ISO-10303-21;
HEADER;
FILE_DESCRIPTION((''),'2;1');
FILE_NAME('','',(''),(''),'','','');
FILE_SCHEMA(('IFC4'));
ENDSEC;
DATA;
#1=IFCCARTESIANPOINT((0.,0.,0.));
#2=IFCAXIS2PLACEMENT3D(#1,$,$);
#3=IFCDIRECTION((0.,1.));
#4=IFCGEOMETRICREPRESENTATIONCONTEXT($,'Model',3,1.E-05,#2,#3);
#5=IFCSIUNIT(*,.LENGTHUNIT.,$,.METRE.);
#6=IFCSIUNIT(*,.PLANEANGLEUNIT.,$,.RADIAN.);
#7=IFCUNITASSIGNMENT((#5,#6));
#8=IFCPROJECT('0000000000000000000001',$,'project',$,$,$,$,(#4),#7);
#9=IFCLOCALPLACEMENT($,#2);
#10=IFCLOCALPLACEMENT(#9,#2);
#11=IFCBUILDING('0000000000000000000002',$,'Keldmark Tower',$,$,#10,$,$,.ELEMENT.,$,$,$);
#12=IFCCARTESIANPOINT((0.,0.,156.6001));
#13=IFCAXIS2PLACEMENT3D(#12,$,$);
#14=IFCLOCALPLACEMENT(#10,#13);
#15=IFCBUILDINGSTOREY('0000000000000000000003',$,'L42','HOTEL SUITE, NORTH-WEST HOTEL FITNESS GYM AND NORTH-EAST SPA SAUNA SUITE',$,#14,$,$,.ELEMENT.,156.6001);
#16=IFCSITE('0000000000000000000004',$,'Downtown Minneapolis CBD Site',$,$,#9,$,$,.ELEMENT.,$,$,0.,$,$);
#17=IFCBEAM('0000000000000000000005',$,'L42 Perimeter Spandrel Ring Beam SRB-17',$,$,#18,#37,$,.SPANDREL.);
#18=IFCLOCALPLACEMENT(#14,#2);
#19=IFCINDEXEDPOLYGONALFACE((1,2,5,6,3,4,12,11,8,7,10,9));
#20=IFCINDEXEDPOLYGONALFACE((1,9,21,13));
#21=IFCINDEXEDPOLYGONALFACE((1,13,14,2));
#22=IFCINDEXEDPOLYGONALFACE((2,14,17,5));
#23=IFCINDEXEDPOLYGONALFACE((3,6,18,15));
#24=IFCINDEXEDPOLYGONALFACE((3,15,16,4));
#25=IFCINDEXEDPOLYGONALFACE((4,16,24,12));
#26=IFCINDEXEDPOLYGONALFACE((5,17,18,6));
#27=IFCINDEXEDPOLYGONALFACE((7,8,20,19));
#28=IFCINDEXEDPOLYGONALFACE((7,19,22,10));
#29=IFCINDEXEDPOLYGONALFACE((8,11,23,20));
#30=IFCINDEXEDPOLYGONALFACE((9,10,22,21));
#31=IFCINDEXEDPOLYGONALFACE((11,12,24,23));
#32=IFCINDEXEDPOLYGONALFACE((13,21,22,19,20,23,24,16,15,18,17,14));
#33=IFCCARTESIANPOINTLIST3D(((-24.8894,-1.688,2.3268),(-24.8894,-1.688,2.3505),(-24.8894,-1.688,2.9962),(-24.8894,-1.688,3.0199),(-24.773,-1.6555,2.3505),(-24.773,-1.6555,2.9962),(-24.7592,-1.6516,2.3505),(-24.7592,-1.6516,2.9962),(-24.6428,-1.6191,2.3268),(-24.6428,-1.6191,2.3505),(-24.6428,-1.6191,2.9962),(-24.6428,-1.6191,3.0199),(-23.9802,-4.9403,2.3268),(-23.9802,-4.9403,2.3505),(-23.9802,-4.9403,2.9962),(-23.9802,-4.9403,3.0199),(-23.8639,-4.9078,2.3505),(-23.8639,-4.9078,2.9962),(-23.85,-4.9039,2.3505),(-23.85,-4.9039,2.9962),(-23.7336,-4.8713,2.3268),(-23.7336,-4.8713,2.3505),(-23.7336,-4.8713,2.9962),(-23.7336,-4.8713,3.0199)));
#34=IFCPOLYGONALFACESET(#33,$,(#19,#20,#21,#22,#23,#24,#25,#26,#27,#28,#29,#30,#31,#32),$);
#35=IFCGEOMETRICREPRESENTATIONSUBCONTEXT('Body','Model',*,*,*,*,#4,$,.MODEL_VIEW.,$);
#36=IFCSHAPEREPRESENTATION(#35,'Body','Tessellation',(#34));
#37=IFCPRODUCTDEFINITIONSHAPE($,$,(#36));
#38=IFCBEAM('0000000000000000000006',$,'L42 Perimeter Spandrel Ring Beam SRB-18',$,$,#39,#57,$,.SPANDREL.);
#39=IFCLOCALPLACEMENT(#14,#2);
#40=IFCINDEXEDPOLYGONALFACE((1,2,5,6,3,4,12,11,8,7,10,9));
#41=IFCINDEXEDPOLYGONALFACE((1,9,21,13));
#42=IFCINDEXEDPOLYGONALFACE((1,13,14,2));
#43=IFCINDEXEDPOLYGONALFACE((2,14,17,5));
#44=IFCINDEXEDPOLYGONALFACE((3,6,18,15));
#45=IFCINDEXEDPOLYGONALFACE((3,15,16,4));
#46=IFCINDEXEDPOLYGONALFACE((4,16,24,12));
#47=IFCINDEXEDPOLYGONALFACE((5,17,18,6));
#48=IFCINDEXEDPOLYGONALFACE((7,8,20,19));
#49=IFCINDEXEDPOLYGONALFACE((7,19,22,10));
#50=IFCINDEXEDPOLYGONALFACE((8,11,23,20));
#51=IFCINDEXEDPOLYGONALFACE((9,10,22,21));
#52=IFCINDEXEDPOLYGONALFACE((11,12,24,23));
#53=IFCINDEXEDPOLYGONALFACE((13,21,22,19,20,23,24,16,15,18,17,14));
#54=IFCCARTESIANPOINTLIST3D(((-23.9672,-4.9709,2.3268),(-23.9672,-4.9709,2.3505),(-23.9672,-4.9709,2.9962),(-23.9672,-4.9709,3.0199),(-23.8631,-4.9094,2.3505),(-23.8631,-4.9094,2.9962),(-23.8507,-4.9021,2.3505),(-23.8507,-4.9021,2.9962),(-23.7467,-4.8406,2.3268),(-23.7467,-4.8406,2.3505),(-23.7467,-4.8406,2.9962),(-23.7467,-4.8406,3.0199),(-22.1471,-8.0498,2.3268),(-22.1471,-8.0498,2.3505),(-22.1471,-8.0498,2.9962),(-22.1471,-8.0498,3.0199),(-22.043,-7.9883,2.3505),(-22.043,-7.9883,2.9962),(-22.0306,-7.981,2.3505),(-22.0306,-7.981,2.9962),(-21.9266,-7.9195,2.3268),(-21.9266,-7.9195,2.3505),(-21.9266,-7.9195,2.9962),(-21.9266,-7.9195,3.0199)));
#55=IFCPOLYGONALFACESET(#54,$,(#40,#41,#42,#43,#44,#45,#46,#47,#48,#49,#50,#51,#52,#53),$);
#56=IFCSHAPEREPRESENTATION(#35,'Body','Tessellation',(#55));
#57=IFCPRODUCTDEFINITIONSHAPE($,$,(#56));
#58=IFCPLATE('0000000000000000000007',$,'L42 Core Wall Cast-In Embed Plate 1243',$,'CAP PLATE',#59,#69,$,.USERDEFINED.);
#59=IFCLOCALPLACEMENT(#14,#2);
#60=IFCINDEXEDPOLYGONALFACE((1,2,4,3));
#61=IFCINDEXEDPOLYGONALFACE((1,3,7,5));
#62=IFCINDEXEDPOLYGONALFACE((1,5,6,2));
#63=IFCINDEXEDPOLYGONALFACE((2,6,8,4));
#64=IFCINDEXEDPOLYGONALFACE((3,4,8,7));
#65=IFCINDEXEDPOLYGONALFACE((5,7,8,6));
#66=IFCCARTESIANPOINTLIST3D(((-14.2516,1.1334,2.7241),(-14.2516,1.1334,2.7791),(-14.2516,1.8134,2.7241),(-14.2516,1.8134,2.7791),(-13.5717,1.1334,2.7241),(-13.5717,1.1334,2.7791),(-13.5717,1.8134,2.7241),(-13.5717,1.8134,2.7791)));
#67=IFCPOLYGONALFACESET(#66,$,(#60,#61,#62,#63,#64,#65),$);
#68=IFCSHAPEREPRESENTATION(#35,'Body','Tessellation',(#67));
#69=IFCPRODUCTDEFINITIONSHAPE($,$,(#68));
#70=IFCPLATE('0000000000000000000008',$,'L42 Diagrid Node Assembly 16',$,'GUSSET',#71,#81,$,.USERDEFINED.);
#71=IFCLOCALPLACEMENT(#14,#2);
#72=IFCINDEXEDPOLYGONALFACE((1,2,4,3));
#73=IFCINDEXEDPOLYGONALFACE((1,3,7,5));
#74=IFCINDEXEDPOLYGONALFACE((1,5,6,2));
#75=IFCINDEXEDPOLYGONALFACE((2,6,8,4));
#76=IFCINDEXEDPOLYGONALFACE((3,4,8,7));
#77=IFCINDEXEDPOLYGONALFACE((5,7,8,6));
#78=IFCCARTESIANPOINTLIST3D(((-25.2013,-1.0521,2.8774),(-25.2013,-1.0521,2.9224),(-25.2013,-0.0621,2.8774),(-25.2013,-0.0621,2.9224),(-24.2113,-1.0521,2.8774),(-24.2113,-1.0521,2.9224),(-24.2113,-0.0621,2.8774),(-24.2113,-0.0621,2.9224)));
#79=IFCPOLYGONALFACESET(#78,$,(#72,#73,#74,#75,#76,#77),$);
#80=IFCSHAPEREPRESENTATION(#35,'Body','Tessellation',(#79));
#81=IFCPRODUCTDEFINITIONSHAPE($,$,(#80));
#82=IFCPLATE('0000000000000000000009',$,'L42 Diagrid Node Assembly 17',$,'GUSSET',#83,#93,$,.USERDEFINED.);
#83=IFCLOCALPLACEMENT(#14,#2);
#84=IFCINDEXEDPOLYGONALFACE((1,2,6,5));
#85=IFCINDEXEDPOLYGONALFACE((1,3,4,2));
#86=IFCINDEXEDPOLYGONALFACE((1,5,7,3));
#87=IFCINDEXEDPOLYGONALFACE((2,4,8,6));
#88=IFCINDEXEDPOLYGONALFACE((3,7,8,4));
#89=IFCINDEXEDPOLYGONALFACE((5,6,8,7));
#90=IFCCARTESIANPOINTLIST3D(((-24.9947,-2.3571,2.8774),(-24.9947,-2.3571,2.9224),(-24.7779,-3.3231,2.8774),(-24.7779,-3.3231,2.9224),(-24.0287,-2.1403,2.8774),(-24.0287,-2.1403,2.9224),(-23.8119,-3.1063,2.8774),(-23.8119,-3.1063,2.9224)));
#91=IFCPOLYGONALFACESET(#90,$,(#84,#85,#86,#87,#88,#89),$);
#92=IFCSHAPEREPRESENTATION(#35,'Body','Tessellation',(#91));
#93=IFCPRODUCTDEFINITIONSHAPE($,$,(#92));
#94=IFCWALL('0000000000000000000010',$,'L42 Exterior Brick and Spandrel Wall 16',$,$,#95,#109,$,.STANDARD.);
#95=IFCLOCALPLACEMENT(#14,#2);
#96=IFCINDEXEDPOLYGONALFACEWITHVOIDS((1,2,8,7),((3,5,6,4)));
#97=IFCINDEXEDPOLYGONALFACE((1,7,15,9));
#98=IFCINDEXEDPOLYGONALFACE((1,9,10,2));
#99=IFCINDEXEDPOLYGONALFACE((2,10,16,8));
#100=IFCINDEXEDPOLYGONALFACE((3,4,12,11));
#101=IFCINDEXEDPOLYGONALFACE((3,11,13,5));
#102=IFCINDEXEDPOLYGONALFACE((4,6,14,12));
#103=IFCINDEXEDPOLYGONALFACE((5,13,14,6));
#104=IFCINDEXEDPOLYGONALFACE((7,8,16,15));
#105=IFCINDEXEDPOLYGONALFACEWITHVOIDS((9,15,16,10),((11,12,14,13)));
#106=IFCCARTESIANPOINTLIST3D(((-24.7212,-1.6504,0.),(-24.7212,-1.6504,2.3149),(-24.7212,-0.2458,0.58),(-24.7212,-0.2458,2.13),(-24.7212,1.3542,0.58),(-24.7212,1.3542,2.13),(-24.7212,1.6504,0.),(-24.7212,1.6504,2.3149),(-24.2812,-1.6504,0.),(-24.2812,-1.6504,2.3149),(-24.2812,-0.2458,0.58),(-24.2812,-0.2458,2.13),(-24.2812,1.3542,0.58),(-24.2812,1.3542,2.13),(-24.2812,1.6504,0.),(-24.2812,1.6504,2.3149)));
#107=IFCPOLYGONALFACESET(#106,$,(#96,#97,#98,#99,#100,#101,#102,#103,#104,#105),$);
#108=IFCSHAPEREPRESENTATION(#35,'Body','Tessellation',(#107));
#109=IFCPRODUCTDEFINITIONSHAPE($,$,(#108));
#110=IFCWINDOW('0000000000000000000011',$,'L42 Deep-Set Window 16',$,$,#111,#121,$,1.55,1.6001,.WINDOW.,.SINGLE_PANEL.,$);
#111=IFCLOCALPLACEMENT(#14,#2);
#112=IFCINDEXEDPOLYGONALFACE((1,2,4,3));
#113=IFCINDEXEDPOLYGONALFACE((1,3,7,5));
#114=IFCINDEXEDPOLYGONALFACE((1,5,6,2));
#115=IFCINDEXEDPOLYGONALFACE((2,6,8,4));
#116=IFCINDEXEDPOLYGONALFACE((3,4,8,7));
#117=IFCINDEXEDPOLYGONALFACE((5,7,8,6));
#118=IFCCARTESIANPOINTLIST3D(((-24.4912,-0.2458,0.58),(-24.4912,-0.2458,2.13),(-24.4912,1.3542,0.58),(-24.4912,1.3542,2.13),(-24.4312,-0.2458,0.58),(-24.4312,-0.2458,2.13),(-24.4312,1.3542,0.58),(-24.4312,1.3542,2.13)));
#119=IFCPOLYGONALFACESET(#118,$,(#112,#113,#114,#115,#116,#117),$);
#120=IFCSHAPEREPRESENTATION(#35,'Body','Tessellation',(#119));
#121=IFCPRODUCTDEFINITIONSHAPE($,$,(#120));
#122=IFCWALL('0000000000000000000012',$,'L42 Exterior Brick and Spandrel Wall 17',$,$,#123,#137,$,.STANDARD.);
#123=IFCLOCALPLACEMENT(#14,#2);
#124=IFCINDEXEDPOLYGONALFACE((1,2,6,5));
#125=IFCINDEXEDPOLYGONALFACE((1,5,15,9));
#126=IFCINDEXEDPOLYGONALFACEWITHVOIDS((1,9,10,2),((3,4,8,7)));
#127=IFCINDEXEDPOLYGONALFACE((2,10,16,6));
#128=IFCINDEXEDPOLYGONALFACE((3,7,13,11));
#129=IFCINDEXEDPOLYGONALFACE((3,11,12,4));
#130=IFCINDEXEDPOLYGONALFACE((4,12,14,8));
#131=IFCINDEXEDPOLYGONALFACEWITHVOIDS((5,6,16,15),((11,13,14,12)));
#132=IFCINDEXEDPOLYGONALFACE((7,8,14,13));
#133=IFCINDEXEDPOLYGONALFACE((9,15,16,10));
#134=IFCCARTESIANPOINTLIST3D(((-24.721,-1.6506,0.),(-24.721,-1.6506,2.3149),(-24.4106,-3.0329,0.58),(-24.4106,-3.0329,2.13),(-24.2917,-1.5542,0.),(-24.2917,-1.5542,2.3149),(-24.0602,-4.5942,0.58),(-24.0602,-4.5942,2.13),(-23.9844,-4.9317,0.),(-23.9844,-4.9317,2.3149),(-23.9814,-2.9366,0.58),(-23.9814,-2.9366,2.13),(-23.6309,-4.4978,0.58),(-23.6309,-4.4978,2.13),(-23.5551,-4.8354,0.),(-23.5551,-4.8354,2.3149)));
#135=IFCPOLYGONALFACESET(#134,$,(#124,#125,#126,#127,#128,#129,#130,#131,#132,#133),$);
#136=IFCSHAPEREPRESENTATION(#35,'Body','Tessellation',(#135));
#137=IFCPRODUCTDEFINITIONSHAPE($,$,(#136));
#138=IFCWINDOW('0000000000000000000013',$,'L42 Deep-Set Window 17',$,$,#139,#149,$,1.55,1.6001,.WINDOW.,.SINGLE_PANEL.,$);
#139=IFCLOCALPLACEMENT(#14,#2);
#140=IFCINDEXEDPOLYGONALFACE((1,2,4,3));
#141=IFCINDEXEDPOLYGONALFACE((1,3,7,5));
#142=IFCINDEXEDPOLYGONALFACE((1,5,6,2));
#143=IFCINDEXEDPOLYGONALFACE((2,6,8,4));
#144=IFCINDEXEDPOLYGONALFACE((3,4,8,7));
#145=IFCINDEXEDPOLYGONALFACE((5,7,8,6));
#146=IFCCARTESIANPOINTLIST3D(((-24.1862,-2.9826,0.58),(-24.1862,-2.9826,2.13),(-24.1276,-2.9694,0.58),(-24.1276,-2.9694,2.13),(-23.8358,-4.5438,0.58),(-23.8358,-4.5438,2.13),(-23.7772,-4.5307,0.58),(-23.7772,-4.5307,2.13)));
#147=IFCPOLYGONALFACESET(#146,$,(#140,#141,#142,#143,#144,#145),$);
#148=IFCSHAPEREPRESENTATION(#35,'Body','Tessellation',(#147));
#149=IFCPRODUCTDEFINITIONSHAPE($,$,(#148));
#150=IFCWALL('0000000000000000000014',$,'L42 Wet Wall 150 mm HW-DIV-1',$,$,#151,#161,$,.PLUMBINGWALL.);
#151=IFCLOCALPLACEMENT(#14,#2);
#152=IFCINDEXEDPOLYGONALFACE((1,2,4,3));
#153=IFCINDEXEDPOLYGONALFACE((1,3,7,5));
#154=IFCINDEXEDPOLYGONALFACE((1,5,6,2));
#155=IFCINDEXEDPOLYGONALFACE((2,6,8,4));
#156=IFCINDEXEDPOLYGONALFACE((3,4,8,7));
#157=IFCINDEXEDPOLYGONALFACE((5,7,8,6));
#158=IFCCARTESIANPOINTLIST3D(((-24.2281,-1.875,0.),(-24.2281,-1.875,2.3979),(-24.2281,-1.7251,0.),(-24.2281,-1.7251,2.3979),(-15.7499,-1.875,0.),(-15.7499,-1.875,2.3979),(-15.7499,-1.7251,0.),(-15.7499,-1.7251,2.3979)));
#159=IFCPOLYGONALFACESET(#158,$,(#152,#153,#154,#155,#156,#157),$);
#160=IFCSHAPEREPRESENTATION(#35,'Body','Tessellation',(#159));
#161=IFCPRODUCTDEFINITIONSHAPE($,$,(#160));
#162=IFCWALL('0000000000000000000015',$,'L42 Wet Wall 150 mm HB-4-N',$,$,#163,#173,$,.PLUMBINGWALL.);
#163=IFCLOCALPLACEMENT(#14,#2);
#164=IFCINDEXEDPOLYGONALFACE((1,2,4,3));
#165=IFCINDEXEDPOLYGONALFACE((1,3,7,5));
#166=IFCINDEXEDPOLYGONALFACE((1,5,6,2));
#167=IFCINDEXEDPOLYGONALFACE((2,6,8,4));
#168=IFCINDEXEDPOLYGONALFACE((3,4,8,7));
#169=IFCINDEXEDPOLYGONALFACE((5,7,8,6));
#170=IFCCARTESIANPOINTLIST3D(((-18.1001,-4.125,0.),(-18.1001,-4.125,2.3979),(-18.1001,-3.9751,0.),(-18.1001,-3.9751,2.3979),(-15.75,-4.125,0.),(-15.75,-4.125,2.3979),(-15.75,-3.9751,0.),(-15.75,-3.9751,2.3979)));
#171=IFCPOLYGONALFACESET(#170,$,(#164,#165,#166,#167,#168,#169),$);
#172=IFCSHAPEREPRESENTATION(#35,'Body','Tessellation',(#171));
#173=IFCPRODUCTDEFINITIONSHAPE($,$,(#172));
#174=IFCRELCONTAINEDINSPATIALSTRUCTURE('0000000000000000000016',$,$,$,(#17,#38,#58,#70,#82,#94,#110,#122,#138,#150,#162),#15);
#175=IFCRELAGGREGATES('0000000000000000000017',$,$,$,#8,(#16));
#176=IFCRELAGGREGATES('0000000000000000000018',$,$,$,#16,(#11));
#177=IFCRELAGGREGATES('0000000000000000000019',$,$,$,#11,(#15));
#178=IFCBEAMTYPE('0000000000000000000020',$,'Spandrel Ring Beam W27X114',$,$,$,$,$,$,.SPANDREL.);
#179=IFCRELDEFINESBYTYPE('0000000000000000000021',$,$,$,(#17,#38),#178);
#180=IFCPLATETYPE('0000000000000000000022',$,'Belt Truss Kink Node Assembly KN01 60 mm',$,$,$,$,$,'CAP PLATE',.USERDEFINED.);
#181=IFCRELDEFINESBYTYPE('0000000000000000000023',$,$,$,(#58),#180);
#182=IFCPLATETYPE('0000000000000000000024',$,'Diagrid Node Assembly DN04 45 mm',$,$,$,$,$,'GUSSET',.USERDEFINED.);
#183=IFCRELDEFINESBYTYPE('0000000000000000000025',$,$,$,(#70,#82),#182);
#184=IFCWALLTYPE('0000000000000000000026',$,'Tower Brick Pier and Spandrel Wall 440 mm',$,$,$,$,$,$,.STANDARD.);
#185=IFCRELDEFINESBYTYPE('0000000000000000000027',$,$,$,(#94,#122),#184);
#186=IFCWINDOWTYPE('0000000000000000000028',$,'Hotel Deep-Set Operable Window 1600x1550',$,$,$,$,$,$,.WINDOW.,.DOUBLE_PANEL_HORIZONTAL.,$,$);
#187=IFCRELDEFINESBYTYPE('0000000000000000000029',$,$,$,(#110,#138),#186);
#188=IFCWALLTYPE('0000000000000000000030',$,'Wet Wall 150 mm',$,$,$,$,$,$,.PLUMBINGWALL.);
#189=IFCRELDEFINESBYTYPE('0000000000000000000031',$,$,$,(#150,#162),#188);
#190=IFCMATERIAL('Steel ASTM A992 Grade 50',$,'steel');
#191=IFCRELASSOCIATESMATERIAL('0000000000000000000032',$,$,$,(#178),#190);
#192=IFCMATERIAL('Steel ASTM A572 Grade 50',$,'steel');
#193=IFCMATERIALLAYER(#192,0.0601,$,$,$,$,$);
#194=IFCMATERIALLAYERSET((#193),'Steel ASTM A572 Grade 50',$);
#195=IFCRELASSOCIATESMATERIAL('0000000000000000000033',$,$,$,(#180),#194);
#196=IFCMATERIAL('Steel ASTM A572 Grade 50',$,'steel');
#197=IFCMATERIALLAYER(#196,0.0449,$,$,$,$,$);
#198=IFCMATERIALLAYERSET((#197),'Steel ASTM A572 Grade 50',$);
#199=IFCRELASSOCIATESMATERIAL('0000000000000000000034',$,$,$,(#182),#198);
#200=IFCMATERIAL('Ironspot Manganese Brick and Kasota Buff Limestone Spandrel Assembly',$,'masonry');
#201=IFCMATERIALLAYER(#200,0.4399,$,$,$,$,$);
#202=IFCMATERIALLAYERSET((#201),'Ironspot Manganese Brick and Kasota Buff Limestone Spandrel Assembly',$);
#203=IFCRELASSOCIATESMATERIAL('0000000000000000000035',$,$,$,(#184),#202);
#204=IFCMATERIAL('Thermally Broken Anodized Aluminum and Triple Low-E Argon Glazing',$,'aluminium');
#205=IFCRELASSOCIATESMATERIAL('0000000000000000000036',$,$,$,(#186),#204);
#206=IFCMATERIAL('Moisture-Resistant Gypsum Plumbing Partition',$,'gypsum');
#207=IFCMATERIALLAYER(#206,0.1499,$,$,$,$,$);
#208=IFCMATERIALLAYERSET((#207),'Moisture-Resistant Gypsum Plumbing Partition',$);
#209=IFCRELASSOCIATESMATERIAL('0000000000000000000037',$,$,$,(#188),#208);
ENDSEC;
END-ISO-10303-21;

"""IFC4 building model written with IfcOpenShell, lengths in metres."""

from ifc_helpers import new_model, si_unit, direction, frame, frame_2d, origin, origin_2d, place, context, subcontext, project, spatial, rectangle, i_section, extrude, material, layer, layer_set, material_profile, profile_set, type_object, element, fill, save


model = new_model("IFC4")

# Units and contexts
model_context = context("Model", 3, precision=1e-05, world=origin(), true_north=direction((0.0, 1.0)))
body_context = subcontext(model_context, "Body", "Model", "MODEL_VIEW")
ifc_project = project(units=[si_unit("LENGTHUNIT", "METRE"), si_unit("PLANEANGLEUNIT", "RADIAN")], contexts=[model_context])

# Site, building, storey
site_placement = place(None, origin())
site = spatial("IfcSite", under=ifc_project, at=site_placement, Name="Downtown Minneapolis CBD Site", CompositionType="ELEMENT", RefElevation=0.0)
building_placement = place(site_placement, origin())
building = spatial("IfcBuilding", under=site, at=building_placement, Name="Keldmark Tower", CompositionType="ELEMENT")
storey_placement = place(building_placement, frame((0.0, 0.0, 156.6001)))
storey = spatial("IfcBuildingStorey", under=building, at=storey_placement, Name="L42", Description="HOTEL SUITE, NORTH-WEST HOTEL FITNESS GYM AND NORTH-EAST SPA SAUNA SUITE", CompositionType="ELEMENT", Elevation=156.6001)

# Beams
ifc_material_1 = material(Name="Steel ASTM A992 Grade 50", Category="steel")
ifc_material_profile_1 = material_profile(ifc_material_1, i_section(OverallWidth=0.2561, OverallDepth=0.6931, WebThickness=0.0144, FlangeThickness=0.0237, at=origin_2d()), Name="W27X114")
ifc_profile_set_1 = profile_set([ifc_material_profile_1], Name="Steel ASTM A992 Grade 50")
beam_type_1 = type_object("IfcBeamType", Name="Spandrel Ring Beam W27X114", PredefinedType="SPANDREL", material=ifc_profile_set_1)
beam_1_placement = place(storey_placement, frame((-24.7661, -1.6536, 2.6733), z_axis=(0.269236, -0.963074, 0.0), x_axis=(0.963074, 0.269236, 0.0)))
element("IfcBeam", 1, at=beam_1_placement, inside=storey, type_object=beam_type_1, Name="L42 Perimeter Spandrel Ring Beam SRB-17", PredefinedType="SPANDREL", context=body_context, shape_type="SweptSolid", body=[
    extrude(i_section(OverallWidth=0.2561, OverallDepth=0.6931, WebThickness=0.0144, FlangeThickness=0.0237, at=origin_2d()), origin(), (0.0, 0.0, 1.0), 3.377),
])
beam_2_placement = place(storey_placement, frame((-23.8569, -4.9058, 2.6733), z_axis=(0.508883, -0.860835, 0.0), x_axis=(0.860835, 0.508883, 0.0)))
element("IfcBeam", 2, at=beam_2_placement, inside=storey, type_object=beam_type_1, Name="L42 Perimeter Spandrel Ring Beam SRB-18", PredefinedType="SPANDREL", context=body_context, shape_type="SweptSolid", body=[
    extrude(i_section(OverallWidth=0.2561, OverallDepth=0.6931, WebThickness=0.0144, FlangeThickness=0.0237, at=origin_2d()), origin(), (0.0, 0.0, 1.0), 3.5767),
])

# Plates
ifc_material_2 = material(Name="Steel ASTM A572 Grade 50", Category="steel")
ifc_layer_1 = layer(ifc_material_2, 0.0601)
ifc_layer_set_1 = layer_set([ifc_layer_1], Name="Steel ASTM A572 Grade 50")
plate_type_1 = type_object("IfcPlateType", Name="Belt Truss Kink Node Assembly KN01 60 mm", ElementType="CAP PLATE", PredefinedType="USERDEFINED", material=ifc_layer_set_1)
plate_placement = place(storey_placement, frame((-13.9116, 1.4734, 2.7241), z_axis=(0.0, 0.0, 1.0), x_axis=(1.0, 0.0, 0.0)))
element("IfcPlate", 3, at=plate_placement, inside=storey, type_object=plate_type_1, Name="L42 Core Wall Cast-In Embed Plate 1243", ObjectType="CAP PLATE", PredefinedType="USERDEFINED", context=body_context, shape_type="SweptSolid", body=[
    extrude(rectangle(XDim=0.6799, YDim=0.6799, at=origin_2d()), origin(), (0.0, 0.0, 1.0), 0.0549),
])
ifc_material_3 = material(Name="Steel ASTM A572 Grade 50", Category="steel")
ifc_layer_2 = layer(ifc_material_3, 0.0449)
ifc_layer_set_2 = layer_set([ifc_layer_2], Name="Steel ASTM A572 Grade 50")
plate_type_2 = type_object("IfcPlateType", Name="Diagrid Node Assembly DN04 45 mm", ElementType="GUSSET", PredefinedType="USERDEFINED", material=ifc_layer_set_2)
for number, where, z_axis, x_axis, name in (
    (4, (-24.7063, -0.5571, 2.8774), (0.0, 0.0, 1.0), (0.0, -1.0, 0.0), "L42 Diagrid Node Assembly 16"),
    (5, (-24.4033, -2.7317, 2.8774), (0.0, 0.0, 1.0), (0.218995, -0.975726, 0.0), "L42 Diagrid Node Assembly 17"),
):
    element("IfcPlate", number, at=place(storey_placement, frame(where, z_axis=z_axis, x_axis=x_axis)), inside=storey, type_object=plate_type_2, Name=name, ObjectType="GUSSET", PredefinedType="USERDEFINED", context=body_context, shape_type="SweptSolid", body=[
        extrude(rectangle(XDim=0.99, YDim=0.99, at=origin_2d()), origin(), (0.0, 0.0, 1.0), 0.0449),
    ])

# Walls, openings, windows
ifc_material_4 = material(Name="Ironspot Manganese Brick and Kasota Buff Limestone Spandrel Assembly", Category="masonry")
ifc_layer_3 = layer(ifc_material_4, 0.4399)
ifc_layer_set_3 = layer_set([ifc_layer_3], Name="Ironspot Manganese Brick and Kasota Buff Limestone Spandrel Assembly")
wall_type_1 = type_object("IfcWallType", Name="Tower Brick Pier and Spandrel Wall 440 mm", PredefinedType="STANDARD", material=ifc_layer_set_3)
wall_1_placement = place(storey_placement, frame((-24.5012, -1.6504, 0.0), z_axis=(0.0, 0.0, 1.0), x_axis=(0.0, 1.0, 0.0)))
wall_1 = element("IfcWall", 6, at=wall_1_placement, inside=storey, type_object=wall_type_1, Name="L42 Exterior Brick and Spandrel Wall 16", PredefinedType="STANDARD", context=body_context, shape_type="SweptSolid", body=[
    extrude(rectangle(XDim=3.3008, YDim=0.4399, at=frame_2d((1.6504, 0.0))), origin(), (0.0, 0.0, 1.0), 2.3149),
])
opening_1_placement = place(wall_1_placement, frame((1.4045, 0.0, 0.5801)))
opening_1 = element("IfcOpeningElement", 7, at=opening_1_placement, cuts=wall_1, PredefinedType="OPENING", context=body_context, shape_type="SweptSolid", body=[
    extrude(rectangle(XDim=1.6001, YDim=1.55, at=frame_2d((0.8, 0.7749))), frame((0.0, 0.23, 0.0), z_axis=(0.0, -1.0, 0.0), x_axis=(1.0, 0.0, 0.0)), (0.0, 0.0, 1.0), 0.46),
])
ifc_material_5 = material(Name="Thermally Broken Anodized Aluminum and Triple Low-E Argon Glazing", Category="aluminium")
window_type = type_object("IfcWindowType", Name="Hotel Deep-Set Operable Window 1600x1550", PartitioningType="DOUBLE_PANEL_HORIZONTAL", PredefinedType="WINDOW", material=ifc_material_5)
window_1_placement = place(opening_1_placement, origin())
window_1 = element("IfcWindow", 8, at=window_1_placement, inside=storey, type_object=window_type, Name="L42 Deep-Set Window 16", OverallHeight=1.55, OverallWidth=1.6001, PartitioningType="SINGLE_PANEL", PredefinedType="WINDOW", context=body_context, shape_type="SweptSolid", body=[
    extrude(rectangle(XDim=1.6001, YDim=1.55, at=frame_2d((0.8, 0.7749))), frame((0.0, -0.01, 0.0), z_axis=(0.0, -1.0, 0.0), x_axis=(1.0, 0.0, 0.0)), (0.0, 0.0, 1.0), 0.0601),
])
fill(opening_1, window_1)
wall_2_placement = place(storey_placement, frame((-23.7698, -4.8835, 0.0), z_axis=(0.0, 0.0, 1.0), x_axis=(-0.219028, 0.975718, 0.0)))
wall_2 = element("IfcWall", 9, at=wall_2_placement, inside=storey, type_object=wall_type_1, Name="L42 Exterior Brick and Spandrel Wall 17", PredefinedType="STANDARD", context=body_context, shape_type="SweptSolid", body=[
    extrude(rectangle(XDim=3.3628, YDim=0.4399, at=frame_2d((1.6814, 0.0))), origin(), (0.0, 0.0, 1.0), 2.3149),
])
opening_2_placement = place(wall_2_placement, frame((0.3459, 0.0, 0.5801)))
opening_2 = element("IfcOpeningElement", 10, at=opening_2_placement, cuts=wall_2, PredefinedType="OPENING", context=body_context, shape_type="SweptSolid", body=[
    extrude(rectangle(XDim=1.6001, YDim=1.55, at=frame_2d((0.8, 0.7749))), frame((0.0, 0.23, 0.0), z_axis=(0.0, -1.0, 0.0), x_axis=(1.0, 0.0, 0.0)), (0.0, 0.0, 1.0), 0.46),
])
window_2_placement = place(opening_2_placement, origin())
window_2 = element("IfcWindow", 11, at=window_2_placement, inside=storey, type_object=window_type, Name="L42 Deep-Set Window 17", OverallHeight=1.55, OverallWidth=1.6001, PartitioningType="SINGLE_PANEL", PredefinedType="WINDOW", context=body_context, shape_type="SweptSolid", body=[
    extrude(rectangle(XDim=1.6001, YDim=1.55, at=frame_2d((0.8, 0.7749))), frame((0.0, -0.01, 0.0), z_axis=(0.0, -1.0, 0.0), x_axis=(1.0, 0.0, 0.0)), (0.0, 0.0, 1.0), 0.0601),
])
fill(opening_2, window_2)

# Walls
ifc_material_6 = material(Name="Moisture-Resistant Gypsum Plumbing Partition", Category="gypsum")
ifc_layer_4 = layer(ifc_material_6, 0.1499)
ifc_layer_set_4 = layer_set([ifc_layer_4], Name="Moisture-Resistant Gypsum Plumbing Partition")
wall_type_2 = type_object("IfcWallType", Name="Wet Wall 150 mm", PredefinedType="PLUMBINGWALL", material=ifc_layer_set_4)
wall_3_placement = place(storey_placement, frame((-24.2283, -1.8, 0.0), z_axis=(0.0, 0.0, 1.0), x_axis=(1.0, 0.0, 0.0)))
element("IfcWall", 12, at=wall_3_placement, inside=storey, type_object=wall_type_2, Name="L42 Wet Wall 150 mm HW-DIV-1", PredefinedType="PLUMBINGWALL", context=body_context, shape_type="SweptSolid", body=[
    extrude(rectangle(XDim=8.4783, YDim=0.1499, at=frame_2d((4.2393, 0.0))), origin(), (0.0, 0.0, 1.0), 2.3979),
])
wall_4_placement = place(storey_placement, frame((-18.1001, -4.05, 0.0), z_axis=(0.0, 0.0, 1.0), x_axis=(1.0, 0.0, 0.0)))
element("IfcWall", 13, at=wall_4_placement, inside=storey, type_object=wall_type_2, Name="L42 Wet Wall 150 mm HB-4-N", PredefinedType="PLUMBINGWALL", context=body_context, shape_type="SweptSolid", body=[
    extrude(rectangle(XDim=2.3501, YDim=0.1499, at=frame_2d((1.175, 0.0))), origin(), (0.0, 0.0, 1.0), 2.3979),
])

save(model, "model.ifc")
